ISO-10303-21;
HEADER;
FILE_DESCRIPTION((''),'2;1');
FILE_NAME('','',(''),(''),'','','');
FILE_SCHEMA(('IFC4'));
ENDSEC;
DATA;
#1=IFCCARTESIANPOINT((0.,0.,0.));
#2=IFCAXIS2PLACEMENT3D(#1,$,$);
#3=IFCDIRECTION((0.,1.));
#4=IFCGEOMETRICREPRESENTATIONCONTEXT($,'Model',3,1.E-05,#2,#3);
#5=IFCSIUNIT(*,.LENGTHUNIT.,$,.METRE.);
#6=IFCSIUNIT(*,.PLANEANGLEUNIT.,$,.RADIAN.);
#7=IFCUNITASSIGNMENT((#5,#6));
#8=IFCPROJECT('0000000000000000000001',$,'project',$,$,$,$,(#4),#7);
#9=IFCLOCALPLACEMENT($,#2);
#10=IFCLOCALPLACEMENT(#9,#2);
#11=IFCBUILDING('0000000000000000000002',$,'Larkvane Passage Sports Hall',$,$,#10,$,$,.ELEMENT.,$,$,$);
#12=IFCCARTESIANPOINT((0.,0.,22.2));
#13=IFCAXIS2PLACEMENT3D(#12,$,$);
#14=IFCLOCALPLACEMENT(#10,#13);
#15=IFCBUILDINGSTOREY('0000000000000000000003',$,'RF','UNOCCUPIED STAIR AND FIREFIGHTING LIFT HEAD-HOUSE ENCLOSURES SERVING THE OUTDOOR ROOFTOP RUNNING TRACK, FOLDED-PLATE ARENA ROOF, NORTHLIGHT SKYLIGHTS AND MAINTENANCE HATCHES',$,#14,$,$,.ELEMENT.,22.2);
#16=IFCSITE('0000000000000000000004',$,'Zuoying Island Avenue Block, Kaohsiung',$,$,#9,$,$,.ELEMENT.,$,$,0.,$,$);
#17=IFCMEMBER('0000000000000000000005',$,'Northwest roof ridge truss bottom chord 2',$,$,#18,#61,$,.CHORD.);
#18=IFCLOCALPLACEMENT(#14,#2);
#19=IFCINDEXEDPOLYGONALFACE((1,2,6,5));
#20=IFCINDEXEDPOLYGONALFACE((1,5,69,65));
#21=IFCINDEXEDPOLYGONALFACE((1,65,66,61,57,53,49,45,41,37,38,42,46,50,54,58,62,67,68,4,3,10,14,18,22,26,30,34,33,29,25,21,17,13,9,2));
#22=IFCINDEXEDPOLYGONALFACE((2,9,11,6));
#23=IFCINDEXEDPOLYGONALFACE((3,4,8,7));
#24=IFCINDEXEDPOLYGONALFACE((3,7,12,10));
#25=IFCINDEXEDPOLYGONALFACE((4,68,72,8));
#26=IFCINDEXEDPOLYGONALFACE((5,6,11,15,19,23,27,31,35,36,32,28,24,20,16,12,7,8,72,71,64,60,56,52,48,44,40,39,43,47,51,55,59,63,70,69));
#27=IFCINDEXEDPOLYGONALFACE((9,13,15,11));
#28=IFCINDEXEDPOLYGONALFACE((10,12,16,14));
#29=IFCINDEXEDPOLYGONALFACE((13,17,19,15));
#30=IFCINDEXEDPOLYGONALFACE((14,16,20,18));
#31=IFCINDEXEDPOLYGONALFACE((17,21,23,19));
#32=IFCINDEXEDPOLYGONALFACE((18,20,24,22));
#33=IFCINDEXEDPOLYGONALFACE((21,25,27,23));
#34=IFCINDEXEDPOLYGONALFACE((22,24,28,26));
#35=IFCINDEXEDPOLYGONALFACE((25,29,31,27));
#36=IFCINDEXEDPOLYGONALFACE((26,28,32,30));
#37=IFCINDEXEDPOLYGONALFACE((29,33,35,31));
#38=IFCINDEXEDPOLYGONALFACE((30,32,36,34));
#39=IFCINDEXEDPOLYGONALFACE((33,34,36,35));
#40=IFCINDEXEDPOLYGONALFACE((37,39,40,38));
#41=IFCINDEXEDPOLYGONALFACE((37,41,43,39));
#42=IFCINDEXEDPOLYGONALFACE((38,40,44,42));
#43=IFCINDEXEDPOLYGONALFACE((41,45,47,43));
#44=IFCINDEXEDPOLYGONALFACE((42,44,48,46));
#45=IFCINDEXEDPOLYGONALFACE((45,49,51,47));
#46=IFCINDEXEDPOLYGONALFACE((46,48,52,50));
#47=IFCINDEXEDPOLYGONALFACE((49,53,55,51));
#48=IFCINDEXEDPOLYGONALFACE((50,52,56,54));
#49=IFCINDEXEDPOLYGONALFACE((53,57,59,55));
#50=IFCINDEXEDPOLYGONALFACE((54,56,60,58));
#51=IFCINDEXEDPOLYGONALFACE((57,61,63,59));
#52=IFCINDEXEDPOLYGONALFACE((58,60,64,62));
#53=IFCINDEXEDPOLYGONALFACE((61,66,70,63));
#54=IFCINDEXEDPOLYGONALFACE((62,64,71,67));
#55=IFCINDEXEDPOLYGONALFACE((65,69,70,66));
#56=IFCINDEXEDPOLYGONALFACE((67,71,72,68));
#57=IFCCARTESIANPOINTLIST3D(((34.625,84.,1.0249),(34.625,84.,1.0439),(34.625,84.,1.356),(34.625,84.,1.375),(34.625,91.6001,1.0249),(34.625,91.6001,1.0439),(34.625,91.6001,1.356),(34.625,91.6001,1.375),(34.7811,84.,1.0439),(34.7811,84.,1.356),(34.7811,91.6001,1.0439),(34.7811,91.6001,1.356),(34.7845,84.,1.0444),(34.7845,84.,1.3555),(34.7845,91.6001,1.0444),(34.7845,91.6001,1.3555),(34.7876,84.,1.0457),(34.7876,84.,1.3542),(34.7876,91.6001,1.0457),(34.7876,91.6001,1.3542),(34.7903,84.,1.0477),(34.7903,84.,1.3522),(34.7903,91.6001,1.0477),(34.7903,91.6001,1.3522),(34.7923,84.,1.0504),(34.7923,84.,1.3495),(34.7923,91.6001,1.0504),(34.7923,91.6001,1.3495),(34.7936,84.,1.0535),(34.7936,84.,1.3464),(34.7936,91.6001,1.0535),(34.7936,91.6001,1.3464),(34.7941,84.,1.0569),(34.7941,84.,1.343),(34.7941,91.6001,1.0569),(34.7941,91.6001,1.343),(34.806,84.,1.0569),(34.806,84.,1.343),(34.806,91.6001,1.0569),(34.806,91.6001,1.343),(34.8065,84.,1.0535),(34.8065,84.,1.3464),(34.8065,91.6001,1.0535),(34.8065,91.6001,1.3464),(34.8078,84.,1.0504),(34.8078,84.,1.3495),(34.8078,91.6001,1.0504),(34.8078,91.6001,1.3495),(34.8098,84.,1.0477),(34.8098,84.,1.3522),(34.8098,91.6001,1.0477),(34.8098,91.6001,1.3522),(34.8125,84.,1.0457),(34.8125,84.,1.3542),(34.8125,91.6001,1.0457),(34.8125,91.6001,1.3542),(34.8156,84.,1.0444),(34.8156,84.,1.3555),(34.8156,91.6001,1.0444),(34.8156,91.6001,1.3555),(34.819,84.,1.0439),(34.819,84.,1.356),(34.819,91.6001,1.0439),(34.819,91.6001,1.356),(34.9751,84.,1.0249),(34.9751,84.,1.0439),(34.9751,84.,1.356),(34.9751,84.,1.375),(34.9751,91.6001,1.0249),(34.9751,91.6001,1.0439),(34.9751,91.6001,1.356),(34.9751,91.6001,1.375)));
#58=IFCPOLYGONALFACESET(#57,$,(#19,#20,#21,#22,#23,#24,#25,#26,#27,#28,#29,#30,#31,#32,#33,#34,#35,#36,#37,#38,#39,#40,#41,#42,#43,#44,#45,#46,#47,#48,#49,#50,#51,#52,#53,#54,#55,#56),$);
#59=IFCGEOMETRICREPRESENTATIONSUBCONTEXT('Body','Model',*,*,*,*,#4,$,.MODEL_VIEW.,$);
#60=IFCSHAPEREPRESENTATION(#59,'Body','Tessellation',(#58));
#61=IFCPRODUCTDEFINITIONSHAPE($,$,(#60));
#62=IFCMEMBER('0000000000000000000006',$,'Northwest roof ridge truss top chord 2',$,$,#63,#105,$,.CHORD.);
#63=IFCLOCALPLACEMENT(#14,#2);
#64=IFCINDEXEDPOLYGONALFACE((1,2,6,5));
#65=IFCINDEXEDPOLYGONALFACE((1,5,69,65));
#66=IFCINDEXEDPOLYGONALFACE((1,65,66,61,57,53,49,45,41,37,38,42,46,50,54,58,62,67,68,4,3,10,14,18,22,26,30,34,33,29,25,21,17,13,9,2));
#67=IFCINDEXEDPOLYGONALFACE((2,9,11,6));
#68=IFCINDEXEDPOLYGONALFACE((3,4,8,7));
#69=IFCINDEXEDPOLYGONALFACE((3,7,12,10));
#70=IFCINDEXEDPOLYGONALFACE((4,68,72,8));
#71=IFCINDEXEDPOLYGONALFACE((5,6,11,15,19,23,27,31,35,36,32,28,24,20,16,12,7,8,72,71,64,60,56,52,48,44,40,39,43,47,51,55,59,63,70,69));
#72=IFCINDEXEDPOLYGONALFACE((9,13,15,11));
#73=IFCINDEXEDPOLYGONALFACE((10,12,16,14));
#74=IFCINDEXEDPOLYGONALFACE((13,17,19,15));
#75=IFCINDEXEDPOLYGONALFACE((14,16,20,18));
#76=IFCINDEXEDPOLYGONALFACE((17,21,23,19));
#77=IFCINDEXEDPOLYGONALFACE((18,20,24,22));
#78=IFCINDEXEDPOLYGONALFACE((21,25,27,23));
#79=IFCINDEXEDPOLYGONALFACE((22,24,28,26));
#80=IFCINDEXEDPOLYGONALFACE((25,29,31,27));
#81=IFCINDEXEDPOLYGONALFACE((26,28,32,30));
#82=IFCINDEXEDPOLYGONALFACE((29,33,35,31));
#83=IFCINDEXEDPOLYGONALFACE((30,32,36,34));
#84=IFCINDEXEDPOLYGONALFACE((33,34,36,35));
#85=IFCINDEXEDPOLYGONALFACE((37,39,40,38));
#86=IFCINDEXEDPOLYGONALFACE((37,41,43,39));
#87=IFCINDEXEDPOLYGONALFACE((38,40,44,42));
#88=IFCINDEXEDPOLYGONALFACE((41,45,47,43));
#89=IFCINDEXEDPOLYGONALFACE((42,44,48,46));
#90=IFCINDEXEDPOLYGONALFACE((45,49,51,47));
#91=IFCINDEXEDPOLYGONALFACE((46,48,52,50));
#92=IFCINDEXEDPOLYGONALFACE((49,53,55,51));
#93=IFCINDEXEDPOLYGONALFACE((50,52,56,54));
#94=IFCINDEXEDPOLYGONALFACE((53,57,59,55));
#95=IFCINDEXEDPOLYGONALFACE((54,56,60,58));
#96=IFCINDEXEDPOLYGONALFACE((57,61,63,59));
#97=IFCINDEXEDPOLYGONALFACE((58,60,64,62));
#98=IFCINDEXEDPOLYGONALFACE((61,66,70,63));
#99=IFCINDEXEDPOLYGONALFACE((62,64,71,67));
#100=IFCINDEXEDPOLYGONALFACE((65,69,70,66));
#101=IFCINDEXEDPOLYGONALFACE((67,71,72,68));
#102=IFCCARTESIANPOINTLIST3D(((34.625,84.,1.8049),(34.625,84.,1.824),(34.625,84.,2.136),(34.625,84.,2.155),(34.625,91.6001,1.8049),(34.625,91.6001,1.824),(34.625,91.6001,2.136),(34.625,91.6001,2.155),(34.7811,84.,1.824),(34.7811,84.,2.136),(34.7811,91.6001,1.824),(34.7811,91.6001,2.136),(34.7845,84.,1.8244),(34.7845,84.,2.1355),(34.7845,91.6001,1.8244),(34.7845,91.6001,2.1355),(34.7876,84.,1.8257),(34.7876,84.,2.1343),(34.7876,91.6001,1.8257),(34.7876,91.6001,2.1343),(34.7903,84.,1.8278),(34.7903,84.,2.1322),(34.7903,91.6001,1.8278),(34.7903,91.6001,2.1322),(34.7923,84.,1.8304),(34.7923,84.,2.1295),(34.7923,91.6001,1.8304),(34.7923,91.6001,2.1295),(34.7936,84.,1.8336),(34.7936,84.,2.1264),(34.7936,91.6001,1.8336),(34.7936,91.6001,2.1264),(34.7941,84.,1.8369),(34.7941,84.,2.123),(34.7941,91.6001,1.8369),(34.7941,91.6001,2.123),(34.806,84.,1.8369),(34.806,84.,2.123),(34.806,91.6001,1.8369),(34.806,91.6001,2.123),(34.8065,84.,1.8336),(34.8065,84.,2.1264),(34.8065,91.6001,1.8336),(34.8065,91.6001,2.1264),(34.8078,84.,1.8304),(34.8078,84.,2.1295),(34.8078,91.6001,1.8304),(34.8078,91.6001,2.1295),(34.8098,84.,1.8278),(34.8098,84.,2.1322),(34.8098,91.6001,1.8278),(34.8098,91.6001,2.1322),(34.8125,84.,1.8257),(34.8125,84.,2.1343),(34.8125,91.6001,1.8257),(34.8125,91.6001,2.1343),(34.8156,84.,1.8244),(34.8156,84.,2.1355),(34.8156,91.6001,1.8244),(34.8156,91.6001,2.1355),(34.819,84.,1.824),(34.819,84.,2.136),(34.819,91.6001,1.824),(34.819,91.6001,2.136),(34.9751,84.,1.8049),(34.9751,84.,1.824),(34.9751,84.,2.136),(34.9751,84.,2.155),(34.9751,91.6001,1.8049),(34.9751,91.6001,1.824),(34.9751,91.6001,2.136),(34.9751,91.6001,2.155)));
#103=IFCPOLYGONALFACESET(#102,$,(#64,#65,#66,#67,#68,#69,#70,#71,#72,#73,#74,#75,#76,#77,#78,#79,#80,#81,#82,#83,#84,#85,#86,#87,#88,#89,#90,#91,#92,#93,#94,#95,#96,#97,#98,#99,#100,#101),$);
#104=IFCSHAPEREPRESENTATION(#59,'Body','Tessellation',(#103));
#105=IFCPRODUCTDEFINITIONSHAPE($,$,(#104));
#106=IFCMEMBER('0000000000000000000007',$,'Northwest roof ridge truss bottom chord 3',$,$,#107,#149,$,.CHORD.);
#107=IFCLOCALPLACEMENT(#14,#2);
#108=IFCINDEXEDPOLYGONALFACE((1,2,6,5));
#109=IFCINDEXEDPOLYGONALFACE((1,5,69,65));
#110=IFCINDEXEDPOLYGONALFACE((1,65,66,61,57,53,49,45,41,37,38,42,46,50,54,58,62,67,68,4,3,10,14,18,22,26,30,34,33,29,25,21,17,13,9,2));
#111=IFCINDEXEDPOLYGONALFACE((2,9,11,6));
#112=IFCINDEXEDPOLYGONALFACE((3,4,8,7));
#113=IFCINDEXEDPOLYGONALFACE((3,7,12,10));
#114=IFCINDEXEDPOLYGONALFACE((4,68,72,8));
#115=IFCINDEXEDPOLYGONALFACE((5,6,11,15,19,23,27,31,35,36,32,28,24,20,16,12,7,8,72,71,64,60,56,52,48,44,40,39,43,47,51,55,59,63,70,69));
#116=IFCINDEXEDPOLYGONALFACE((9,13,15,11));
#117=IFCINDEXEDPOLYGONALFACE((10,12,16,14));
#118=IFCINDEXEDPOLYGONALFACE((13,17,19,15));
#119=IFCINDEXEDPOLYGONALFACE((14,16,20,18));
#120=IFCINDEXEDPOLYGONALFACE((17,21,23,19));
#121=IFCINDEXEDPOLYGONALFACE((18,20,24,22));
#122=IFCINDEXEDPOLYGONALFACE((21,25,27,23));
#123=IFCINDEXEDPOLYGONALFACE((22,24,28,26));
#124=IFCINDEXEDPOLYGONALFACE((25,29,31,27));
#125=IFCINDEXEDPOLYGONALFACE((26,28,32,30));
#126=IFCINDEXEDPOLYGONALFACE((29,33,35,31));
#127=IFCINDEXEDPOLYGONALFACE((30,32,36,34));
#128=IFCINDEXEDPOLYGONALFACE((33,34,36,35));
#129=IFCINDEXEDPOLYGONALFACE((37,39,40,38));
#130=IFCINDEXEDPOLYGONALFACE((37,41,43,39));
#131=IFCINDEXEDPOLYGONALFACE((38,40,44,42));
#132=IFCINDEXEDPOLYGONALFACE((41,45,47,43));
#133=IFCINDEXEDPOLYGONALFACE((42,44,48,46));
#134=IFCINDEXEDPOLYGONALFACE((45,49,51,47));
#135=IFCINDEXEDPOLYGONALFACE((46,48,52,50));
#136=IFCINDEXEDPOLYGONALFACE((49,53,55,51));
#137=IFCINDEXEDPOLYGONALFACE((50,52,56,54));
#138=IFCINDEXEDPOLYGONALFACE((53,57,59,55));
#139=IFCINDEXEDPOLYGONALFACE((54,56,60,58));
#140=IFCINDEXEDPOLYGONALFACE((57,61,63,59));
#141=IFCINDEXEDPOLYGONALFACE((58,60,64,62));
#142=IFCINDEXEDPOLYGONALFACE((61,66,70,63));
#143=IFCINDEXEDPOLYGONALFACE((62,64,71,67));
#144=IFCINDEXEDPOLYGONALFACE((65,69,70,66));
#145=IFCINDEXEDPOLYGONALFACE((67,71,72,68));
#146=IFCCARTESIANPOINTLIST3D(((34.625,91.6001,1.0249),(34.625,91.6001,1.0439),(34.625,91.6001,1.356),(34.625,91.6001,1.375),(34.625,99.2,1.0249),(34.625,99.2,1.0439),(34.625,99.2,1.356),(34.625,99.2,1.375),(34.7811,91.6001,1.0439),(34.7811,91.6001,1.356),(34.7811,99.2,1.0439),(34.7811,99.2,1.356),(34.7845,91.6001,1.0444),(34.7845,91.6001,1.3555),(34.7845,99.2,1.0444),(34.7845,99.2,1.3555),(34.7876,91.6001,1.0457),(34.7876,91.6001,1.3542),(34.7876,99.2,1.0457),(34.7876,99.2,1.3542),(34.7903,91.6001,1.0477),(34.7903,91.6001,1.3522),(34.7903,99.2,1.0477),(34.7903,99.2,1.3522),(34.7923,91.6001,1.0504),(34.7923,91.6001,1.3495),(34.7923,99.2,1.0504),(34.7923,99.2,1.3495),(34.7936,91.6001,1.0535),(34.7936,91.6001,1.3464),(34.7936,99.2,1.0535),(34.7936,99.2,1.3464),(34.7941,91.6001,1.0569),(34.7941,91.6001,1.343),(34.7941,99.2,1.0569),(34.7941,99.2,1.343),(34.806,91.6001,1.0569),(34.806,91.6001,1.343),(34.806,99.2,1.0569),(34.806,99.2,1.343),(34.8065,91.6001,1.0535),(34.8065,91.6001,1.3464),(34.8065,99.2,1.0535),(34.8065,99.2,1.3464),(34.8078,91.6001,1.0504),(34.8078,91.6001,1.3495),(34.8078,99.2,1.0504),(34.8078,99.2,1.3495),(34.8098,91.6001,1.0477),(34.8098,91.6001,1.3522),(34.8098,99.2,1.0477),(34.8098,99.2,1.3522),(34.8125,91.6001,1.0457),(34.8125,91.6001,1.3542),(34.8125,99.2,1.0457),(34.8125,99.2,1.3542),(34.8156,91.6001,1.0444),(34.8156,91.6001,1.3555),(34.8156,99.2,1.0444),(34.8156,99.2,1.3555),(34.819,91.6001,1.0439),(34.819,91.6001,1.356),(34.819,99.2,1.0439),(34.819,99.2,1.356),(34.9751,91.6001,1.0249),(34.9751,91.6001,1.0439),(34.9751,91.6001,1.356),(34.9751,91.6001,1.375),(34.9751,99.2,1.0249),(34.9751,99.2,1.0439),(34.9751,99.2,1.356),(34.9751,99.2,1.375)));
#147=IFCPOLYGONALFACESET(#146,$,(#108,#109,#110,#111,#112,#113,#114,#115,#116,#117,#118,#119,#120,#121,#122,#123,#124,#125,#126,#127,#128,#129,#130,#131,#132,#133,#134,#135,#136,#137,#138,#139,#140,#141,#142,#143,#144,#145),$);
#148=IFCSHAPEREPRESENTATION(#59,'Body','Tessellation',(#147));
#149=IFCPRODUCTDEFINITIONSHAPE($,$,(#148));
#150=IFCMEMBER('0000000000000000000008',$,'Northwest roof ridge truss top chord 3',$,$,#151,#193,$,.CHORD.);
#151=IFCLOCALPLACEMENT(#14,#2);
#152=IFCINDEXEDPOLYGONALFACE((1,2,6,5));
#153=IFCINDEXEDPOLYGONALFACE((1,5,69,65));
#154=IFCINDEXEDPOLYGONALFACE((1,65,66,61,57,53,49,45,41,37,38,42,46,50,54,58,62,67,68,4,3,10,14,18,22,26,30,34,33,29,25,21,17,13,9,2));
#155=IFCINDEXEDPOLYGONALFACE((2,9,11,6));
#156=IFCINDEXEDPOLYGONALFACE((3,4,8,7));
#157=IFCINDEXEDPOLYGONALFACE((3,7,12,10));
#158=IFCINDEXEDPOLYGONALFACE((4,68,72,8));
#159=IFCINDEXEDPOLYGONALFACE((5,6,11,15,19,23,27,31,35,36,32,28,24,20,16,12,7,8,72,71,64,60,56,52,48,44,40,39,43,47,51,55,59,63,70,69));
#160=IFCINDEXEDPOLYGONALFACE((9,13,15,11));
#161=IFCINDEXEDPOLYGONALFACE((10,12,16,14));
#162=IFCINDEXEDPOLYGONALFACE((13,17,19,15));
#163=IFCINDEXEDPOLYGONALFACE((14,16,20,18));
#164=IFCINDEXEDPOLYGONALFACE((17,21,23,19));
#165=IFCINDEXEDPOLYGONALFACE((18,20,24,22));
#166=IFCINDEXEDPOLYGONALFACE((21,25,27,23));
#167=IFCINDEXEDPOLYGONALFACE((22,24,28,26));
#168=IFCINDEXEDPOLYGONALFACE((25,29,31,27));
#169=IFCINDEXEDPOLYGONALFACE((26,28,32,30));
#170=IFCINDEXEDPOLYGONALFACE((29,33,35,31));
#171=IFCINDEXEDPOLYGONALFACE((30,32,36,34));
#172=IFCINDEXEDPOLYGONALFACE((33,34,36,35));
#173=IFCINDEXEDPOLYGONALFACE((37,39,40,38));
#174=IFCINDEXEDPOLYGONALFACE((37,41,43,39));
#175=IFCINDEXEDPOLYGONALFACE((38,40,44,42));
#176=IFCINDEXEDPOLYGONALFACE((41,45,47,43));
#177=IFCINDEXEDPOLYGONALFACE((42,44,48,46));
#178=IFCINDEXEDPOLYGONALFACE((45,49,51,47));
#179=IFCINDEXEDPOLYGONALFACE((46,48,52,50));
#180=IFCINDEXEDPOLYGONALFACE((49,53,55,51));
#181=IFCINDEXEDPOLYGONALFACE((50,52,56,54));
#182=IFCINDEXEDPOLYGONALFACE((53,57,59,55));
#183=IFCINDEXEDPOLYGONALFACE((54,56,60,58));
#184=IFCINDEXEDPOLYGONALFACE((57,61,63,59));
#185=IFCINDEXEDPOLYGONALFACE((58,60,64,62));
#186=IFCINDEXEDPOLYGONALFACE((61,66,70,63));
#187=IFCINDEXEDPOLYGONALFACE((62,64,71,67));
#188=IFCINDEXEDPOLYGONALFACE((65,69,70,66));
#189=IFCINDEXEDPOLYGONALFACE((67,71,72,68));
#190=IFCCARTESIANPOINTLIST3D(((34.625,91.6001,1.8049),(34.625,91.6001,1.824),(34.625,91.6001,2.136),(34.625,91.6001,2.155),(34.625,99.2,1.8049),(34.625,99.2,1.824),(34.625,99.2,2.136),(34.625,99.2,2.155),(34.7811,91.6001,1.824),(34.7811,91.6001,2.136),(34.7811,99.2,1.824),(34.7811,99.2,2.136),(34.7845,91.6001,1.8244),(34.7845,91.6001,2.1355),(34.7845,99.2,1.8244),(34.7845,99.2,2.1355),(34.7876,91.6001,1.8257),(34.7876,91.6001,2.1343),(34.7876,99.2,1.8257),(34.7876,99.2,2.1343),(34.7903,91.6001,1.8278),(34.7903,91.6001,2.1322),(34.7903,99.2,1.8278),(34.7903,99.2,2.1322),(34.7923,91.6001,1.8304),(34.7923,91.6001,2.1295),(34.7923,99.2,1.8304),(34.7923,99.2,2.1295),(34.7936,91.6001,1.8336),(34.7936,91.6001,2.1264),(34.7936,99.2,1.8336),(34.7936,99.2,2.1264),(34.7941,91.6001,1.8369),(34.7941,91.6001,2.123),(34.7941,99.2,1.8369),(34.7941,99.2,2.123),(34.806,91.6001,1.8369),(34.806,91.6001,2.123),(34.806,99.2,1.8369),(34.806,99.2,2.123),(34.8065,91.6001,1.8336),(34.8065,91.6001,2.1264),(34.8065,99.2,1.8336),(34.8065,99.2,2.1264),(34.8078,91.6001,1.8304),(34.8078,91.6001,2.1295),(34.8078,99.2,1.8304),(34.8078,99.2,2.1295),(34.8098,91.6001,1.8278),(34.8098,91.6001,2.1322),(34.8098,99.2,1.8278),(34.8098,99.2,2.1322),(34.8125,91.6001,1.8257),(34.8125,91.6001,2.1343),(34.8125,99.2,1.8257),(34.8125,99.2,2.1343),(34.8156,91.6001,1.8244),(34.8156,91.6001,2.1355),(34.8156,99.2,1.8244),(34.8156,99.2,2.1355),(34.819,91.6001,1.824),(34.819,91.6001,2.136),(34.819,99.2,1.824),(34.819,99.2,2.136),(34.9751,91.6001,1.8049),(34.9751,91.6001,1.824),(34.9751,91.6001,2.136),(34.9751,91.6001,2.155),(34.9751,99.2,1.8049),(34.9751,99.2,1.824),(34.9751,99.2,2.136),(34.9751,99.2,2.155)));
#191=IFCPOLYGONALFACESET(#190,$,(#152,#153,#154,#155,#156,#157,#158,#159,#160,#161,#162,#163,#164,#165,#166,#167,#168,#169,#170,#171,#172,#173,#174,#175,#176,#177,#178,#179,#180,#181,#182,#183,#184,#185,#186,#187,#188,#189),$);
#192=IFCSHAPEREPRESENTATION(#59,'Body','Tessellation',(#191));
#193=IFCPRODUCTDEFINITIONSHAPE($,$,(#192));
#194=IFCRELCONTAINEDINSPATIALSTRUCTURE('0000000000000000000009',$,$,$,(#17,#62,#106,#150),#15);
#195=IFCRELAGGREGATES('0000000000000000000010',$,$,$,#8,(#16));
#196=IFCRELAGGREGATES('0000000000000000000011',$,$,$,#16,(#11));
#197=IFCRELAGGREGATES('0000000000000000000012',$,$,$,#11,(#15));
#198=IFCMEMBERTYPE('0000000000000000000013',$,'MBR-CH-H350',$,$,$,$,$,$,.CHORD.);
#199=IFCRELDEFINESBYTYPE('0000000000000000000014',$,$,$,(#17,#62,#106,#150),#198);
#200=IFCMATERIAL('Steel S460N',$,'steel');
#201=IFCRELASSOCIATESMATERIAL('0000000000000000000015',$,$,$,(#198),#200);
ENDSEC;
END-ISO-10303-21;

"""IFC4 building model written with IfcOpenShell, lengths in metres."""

from ifc_helpers import new_model, si_unit, direction, frame, origin, origin_2d, place, context, subcontext, project, spatial, i_section, extrude, material, material_profile, profile_set, type_object, element, save


model = new_model("IFC4")

# Units and contexts
model_context = context("Model", 3, precision=1e-05, world=origin(), true_north=direction((0.0, 1.0)))
body_context = subcontext(model_context, "Body", "Model", "MODEL_VIEW")
ifc_project = project(units=[si_unit("LENGTHUNIT", "METRE"), si_unit("PLANEANGLEUNIT", "RADIAN")], contexts=[model_context])

# Site, building, storey
site_placement = place(None, origin())
site = spatial("IfcSite", under=ifc_project, at=site_placement, Name="Zuoying Island Avenue Block, Kaohsiung", CompositionType="ELEMENT", RefElevation=0.0)
building_placement = place(site_placement, origin())
building = spatial("IfcBuilding", under=site, at=building_placement, Name="Larkvane Passage Sports Hall", CompositionType="ELEMENT")
storey_placement = place(building_placement, frame((0.0, 0.0, 22.2)))
storey = spatial("IfcBuildingStorey", under=building, at=storey_placement, Name="RF", Description="UNOCCUPIED STAIR AND FIREFIGHTING LIFT HEAD-HOUSE ENCLOSURES SERVING THE OUTDOOR ROOFTOP RUNNING TRACK, FOLDED-PLATE ARENA ROOF, NORTHLIGHT SKYLIGHTS AND MAINTENANCE HATCHES", CompositionType="ELEMENT", Elevation=22.2)

# Shared definitions
ifc_material_1 = material(Name="Steel S460N", Category="steel")

# Members
ifc_material_profile_1 = material_profile(ifc_material_1, i_section(OverallWidth=0.3501, OverallDepth=0.3501, WebThickness=0.012, FlangeThickness=0.019, FilletRadius=0.0129, at=origin_2d()), Name="H-350x350x12x19")
ifc_profile_set_1 = profile_set([ifc_material_profile_1], Name="Steel S460N")
member_type_1 = type_object("IfcMemberType", Name="MBR-CH-H350", PredefinedType="CHORD", material=ifc_profile_set_1)
for number, where, z_axis, x_axis, name in (
    (1, (34.8, 84.0, 1.2), (0.0, 1.0, 0.0), (-1.0, 0.0, 0.0), "Northwest roof ridge truss bottom chord 2"),
    (2, (34.8, 84.0, 1.98), (0.0, 1.0, 0.0), (-1.0, 0.0, 0.0), "Northwest roof ridge truss top chord 2"),
):
    element("IfcMember", number, at=place(storey_placement, frame(where, z_axis=z_axis, x_axis=x_axis)), inside=storey, type_object=member_type_1, Name=name, PredefinedType="CHORD", context=body_context, shape_type="SweptSolid", body=[
        extrude(i_section(OverallWidth=0.3501, OverallDepth=0.3501, WebThickness=0.012, FlangeThickness=0.019, FilletRadius=0.0129, at=origin_2d()), origin(), (0.0, 0.0, 1.0), 7.6001),
    ])
for number, where, z_axis, x_axis, name in (
    (3, (34.8, 91.6001, 1.2), (0.0, 1.0, 0.0), (-1.0, 0.0, 0.0), "Northwest roof ridge truss bottom chord 3"),
    (4, (34.8, 91.6001, 1.98), (0.0, 1.0, 0.0), (-1.0, 0.0, 0.0), "Northwest roof ridge truss top chord 3"),
):
    element("IfcMember", number, at=place(storey_placement, frame(where, z_axis=z_axis, x_axis=x_axis)), inside=storey, type_object=member_type_1, Name=name, PredefinedType="CHORD", context=body_context, shape_type="SweptSolid", body=[
        extrude(i_section(OverallWidth=0.3501, OverallDepth=0.3501, WebThickness=0.012, FlangeThickness=0.019, FilletRadius=0.0129, at=origin_2d()), origin(), (0.0, 0.0, 1.0), 7.5999),
    ])

save(model, "model.ifc")
